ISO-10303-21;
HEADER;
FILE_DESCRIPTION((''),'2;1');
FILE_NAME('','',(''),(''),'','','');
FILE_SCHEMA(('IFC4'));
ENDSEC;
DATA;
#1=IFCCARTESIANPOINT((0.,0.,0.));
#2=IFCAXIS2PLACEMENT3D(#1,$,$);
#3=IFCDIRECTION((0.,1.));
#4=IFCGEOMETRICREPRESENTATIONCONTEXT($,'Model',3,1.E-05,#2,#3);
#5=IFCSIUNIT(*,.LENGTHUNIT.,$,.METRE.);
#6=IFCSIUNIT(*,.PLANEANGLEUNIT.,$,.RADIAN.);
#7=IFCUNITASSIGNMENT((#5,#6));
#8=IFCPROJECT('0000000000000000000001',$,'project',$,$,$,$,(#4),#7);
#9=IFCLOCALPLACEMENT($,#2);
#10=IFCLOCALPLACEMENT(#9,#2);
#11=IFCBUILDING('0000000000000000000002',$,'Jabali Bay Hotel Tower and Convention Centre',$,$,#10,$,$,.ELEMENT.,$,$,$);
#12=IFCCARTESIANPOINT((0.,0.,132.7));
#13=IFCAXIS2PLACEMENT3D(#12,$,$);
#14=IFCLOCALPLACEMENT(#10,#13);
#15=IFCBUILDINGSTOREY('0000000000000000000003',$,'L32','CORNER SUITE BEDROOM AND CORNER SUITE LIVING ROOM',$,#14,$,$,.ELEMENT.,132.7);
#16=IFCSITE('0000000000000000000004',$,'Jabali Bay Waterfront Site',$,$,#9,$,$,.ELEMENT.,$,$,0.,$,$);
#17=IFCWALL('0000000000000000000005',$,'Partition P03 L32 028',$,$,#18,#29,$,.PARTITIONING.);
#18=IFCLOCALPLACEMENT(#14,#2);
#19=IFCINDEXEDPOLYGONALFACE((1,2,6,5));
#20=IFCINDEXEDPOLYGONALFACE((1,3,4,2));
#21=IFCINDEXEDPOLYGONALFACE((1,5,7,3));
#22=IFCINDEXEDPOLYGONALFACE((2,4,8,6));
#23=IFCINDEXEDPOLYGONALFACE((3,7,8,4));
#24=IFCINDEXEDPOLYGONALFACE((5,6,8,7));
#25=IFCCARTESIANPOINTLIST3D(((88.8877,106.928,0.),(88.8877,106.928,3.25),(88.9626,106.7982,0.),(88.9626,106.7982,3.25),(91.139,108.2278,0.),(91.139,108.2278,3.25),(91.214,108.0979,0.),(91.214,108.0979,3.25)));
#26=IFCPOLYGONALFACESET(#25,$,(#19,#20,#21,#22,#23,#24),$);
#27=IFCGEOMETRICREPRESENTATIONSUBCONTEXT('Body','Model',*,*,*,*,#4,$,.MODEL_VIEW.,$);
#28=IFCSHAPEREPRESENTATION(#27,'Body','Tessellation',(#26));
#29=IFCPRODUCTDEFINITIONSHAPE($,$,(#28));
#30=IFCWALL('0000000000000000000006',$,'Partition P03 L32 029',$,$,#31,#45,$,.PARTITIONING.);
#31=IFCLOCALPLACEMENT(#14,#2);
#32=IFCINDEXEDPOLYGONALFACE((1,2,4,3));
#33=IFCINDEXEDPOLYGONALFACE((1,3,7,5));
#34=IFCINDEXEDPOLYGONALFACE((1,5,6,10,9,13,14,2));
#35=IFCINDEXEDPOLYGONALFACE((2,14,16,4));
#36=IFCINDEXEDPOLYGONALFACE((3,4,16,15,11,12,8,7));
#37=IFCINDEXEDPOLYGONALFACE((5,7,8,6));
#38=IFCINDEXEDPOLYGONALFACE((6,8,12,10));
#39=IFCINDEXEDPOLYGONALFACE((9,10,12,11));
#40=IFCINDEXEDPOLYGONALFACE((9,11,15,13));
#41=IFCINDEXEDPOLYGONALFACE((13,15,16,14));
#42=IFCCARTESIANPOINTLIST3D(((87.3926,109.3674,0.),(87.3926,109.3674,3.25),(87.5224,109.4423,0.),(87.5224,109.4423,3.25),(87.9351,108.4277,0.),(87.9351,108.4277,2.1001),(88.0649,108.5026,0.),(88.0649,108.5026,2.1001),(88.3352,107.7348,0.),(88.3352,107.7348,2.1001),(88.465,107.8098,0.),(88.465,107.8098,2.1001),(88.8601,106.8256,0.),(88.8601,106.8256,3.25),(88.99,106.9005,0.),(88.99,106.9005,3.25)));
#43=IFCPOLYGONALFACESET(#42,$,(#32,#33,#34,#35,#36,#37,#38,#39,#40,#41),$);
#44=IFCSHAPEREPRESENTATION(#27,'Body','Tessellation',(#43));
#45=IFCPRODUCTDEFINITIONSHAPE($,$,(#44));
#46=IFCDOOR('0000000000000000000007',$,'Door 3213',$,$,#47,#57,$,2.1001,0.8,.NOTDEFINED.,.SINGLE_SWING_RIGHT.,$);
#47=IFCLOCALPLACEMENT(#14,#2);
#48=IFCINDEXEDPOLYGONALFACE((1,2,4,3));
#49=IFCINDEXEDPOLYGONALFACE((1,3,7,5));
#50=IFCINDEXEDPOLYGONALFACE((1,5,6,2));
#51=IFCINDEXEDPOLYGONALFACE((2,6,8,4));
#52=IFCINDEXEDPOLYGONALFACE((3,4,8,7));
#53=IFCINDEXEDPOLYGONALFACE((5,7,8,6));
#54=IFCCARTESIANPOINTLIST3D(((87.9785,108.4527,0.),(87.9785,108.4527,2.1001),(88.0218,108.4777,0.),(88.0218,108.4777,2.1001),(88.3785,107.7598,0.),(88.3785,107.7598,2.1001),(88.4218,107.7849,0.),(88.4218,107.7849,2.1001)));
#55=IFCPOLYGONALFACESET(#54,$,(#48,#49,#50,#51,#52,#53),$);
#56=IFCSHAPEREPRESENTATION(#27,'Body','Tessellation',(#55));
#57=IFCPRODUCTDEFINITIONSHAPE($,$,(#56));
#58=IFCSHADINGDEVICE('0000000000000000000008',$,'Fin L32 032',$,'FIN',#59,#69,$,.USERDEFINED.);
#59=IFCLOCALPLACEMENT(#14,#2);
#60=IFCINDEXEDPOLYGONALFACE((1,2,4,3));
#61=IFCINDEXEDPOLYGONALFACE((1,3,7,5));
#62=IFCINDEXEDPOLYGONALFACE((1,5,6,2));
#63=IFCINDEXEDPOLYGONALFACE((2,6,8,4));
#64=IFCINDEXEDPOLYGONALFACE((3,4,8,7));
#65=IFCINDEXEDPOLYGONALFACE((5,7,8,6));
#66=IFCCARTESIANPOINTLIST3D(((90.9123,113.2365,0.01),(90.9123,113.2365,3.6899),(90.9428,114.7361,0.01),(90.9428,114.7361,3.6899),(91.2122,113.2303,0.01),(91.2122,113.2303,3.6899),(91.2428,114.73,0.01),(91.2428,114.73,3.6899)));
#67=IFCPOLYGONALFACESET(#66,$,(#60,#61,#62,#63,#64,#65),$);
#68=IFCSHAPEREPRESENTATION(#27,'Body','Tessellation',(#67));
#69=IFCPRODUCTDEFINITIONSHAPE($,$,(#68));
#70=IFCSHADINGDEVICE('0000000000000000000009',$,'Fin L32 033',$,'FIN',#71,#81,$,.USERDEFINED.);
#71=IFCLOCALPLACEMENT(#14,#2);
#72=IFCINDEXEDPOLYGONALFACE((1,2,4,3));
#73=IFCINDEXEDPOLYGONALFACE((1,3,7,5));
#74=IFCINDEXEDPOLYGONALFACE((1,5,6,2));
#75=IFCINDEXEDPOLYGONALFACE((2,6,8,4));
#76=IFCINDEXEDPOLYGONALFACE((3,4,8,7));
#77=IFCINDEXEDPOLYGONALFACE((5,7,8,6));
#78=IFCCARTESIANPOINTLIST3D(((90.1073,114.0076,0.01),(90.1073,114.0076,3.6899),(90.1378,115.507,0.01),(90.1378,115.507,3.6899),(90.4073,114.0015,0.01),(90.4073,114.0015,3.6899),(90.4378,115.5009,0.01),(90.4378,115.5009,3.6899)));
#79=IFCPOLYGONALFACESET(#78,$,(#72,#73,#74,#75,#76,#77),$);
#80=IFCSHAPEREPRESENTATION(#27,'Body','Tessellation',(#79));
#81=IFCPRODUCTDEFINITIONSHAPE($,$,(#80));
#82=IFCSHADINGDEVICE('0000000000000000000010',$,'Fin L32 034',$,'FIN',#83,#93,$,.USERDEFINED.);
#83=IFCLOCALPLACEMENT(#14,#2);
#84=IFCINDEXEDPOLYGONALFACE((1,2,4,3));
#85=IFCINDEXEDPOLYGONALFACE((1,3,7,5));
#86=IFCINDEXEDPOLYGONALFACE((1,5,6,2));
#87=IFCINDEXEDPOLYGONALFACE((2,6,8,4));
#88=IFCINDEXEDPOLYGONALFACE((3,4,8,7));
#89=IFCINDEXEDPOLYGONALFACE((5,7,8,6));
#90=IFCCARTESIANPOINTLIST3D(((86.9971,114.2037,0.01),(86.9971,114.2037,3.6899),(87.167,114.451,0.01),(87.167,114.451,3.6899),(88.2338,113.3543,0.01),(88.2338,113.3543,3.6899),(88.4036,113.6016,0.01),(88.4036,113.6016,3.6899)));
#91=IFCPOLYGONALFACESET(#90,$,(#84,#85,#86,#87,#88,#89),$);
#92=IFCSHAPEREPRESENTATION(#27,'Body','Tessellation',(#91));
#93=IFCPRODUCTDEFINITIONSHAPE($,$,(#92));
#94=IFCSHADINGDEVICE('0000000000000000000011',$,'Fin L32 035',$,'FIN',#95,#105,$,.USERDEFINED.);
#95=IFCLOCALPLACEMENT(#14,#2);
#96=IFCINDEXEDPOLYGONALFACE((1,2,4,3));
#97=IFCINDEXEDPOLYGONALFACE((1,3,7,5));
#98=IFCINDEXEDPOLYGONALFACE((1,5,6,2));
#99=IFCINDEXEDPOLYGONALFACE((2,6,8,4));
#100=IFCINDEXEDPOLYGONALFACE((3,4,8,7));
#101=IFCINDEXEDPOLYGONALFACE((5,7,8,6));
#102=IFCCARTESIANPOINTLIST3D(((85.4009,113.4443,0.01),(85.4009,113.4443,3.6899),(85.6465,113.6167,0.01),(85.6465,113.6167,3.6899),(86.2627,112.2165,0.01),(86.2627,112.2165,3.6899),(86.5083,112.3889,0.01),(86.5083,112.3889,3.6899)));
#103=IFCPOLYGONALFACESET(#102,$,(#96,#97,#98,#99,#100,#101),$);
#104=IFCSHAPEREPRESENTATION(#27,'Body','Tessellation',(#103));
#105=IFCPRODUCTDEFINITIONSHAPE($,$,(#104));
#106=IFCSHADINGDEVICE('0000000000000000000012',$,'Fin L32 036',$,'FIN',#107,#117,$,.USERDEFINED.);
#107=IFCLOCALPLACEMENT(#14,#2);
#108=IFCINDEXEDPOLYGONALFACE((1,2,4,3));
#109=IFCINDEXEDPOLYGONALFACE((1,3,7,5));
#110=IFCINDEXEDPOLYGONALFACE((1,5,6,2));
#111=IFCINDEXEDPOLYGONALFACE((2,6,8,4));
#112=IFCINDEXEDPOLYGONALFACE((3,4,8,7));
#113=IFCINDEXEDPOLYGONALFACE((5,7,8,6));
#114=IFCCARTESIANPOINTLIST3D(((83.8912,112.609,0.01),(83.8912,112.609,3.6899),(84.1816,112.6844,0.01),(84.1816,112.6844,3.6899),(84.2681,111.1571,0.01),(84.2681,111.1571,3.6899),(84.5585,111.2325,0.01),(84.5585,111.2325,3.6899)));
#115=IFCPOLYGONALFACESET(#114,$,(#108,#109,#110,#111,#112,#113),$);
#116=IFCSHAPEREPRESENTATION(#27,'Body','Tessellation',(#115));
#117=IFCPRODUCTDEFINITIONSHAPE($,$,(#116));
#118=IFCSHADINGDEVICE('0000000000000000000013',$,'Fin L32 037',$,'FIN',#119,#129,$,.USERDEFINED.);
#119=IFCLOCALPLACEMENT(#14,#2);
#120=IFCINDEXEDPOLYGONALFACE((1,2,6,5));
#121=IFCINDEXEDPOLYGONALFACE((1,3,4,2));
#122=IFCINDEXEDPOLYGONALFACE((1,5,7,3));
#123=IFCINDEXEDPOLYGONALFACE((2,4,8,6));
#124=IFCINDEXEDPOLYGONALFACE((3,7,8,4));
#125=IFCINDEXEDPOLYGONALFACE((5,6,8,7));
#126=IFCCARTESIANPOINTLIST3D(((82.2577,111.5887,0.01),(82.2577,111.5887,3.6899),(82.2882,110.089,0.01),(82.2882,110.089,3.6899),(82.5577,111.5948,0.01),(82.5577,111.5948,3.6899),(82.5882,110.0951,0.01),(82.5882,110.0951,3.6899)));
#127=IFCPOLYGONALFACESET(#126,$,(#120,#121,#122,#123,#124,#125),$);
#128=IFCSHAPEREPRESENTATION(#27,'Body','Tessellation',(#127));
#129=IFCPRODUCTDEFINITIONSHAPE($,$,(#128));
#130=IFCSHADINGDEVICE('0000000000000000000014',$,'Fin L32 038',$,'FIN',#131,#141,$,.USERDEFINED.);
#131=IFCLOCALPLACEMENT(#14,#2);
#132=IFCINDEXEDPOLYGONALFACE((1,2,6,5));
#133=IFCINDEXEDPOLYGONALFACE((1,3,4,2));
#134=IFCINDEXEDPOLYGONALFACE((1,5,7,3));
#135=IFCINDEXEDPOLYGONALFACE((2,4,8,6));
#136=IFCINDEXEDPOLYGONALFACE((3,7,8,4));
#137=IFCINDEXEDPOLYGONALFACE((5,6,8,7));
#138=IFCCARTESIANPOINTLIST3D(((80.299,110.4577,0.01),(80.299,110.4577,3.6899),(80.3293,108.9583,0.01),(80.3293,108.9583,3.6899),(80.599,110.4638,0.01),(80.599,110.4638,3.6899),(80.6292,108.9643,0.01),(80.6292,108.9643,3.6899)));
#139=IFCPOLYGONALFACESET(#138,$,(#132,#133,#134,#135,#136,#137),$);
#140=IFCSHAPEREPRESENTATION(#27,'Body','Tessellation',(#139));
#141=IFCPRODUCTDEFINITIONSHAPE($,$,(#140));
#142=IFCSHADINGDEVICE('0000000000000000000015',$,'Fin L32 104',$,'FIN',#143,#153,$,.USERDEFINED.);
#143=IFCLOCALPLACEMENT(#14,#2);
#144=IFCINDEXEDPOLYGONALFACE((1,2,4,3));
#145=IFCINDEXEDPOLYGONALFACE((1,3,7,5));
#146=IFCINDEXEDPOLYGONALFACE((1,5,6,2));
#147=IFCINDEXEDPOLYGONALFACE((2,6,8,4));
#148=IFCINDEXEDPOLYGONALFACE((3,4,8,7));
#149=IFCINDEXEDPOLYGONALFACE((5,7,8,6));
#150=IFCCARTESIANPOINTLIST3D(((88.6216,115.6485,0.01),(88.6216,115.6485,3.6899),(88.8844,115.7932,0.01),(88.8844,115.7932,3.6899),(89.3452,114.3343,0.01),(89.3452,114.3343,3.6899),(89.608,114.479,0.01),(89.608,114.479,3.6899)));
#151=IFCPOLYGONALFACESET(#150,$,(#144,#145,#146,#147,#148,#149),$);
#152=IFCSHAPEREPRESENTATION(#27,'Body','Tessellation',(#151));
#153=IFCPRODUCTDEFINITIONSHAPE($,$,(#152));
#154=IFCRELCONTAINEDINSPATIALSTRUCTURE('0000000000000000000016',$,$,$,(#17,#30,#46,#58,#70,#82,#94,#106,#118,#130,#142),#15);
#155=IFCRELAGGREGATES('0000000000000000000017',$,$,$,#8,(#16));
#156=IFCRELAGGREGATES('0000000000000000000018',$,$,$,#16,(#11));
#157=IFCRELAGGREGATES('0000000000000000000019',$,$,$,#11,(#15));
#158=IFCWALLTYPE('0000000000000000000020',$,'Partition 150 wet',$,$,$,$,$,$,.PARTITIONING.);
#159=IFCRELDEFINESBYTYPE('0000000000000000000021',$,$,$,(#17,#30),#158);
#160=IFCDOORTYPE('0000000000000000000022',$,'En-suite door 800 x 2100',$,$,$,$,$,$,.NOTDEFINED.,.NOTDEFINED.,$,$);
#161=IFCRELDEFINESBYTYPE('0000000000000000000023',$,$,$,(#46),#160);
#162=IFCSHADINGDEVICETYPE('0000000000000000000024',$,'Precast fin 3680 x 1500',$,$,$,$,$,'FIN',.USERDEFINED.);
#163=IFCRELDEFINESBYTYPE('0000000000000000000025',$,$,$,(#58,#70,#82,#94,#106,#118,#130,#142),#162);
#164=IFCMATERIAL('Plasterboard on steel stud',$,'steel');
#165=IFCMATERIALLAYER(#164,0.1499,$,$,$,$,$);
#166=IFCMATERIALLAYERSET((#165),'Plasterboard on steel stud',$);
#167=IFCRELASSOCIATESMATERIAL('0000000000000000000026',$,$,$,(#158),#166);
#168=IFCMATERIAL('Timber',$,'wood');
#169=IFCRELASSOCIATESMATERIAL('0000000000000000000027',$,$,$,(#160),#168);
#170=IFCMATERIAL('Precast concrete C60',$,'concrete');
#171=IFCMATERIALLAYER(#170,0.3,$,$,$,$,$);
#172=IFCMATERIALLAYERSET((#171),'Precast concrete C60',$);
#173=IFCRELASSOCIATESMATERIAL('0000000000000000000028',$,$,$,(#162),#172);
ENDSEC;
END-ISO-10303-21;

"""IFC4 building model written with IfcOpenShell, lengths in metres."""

from ifc_helpers import new_model, si_unit, direction, frame, frame_2d, origin, place, context, subcontext, project, spatial, rectangle, extrude, material, layer, layer_set, type_object, element, fill, save


model = new_model("IFC4")

# Units and contexts
model_context = context("Model", 3, precision=1e-05, world=origin(), true_north=direction((0.0, 1.0)))
body_context = subcontext(model_context, "Body", "Model", "MODEL_VIEW")
ifc_project = project(units=[si_unit("LENGTHUNIT", "METRE"), si_unit("PLANEANGLEUNIT", "RADIAN")], contexts=[model_context])

# Site, building, storey
site_placement = place(None, origin())
site = spatial("IfcSite", under=ifc_project, at=site_placement, Name="Jabali Bay Waterfront Site", CompositionType="ELEMENT", RefElevation=0.0)
building_placement = place(site_placement, origin())
building = spatial("IfcBuilding", under=site, at=building_placement, Name="Jabali Bay Hotel Tower and Convention Centre", CompositionType="ELEMENT")
storey_placement = place(building_placement, frame((0.0, 0.0, 132.7)))
storey = spatial("IfcBuildingStorey", under=building, at=storey_placement, Name="L32", Description="CORNER SUITE BEDROOM AND CORNER SUITE LIVING ROOM", CompositionType="ELEMENT", Elevation=132.7)

# Wall
ifc_material_1 = material(Name="Plasterboard on steel stud", Category="steel")
ifc_layer_1 = layer(ifc_material_1, 0.1499)
ifc_layer_set_1 = layer_set([ifc_layer_1], Name="Plasterboard on steel stud")
wall_type_1 = type_object("IfcWallType", Name="Partition 150 wet", PredefinedType="PARTITIONING", material=ifc_layer_set_1)
wall_1_placement = place(storey_placement, frame((91.1765, 108.1628, 0.0), z_axis=(0.0, 0.0, 1.0), x_axis=(-0.866039, -0.499977, 0.0)))
element("IfcWall", 1, at=wall_1_placement, inside=storey, type_object=wall_type_1, Name="Partition P03 L32 028", PredefinedType="PARTITIONING", context=body_context, shape_type="SweptSolid", body=[
    extrude(rectangle(XDim=2.5996, YDim=0.1499, at=frame_2d((1.2998, 0.0))), origin(), (0.0, 0.0, 1.0), 3.25),
])

# Wall, opening, door
wall_2_placement = place(storey_placement, frame((88.925, 106.863, 0.0), z_axis=(0.0, 0.0, 1.0), x_axis=(-0.500013, 0.866018, 0.0)))
wall_2 = element("IfcWall", 2, at=wall_2_placement, inside=storey, type_object=wall_type_1, Name="Partition P03 L32 029", PredefinedType="PARTITIONING", context=body_context, shape_type="SweptSolid", body=[
    extrude(rectangle(XDim=2.9351, YDim=0.1499, at=frame_2d((1.4675, 0.0))), origin(), (0.0, 0.0, 1.0), 3.25),
])
opening_1_placement = place(wall_2_placement, frame((1.05, 0.0, 0.0)))
opening_1 = element("IfcOpeningElement", 3, at=opening_1_placement, cuts=wall_2, PredefinedType="OPENING", context=body_context, shape_type="SweptSolid", body=[
    extrude(rectangle(XDim=0.8, YDim=2.1001, at=frame_2d((0.3999, 1.05))), frame((0.0, 0.0854, 0.0), z_axis=(0.0, -1.0, 0.0), x_axis=(1.0, 0.0, 0.0)), (0.0, 0.0, 1.0), 0.1709),
])
ifc_material_2 = material(Name="Timber", Category="wood")
door_type = type_object("IfcDoorType", Name="En-suite door 800 x 2100", OperationType="NOTDEFINED", PredefinedType="NOTDEFINED", material=ifc_material_2)
door_placement = place(opening_1_placement, origin())
door = element("IfcDoor", 4, at=door_placement, inside=storey, type_object=door_type, Name="Door 3213", OperationType="SINGLE_SWING_RIGHT", OverallHeight=2.1001, OverallWidth=0.8, PredefinedType="NOTDEFINED", context=body_context, shape_type="SweptSolid", body=[
    extrude(rectangle(XDim=0.8, YDim=2.1001, at=frame_2d((0.3999, 1.05))), frame((0.0, 0.0249, 0.0), z_axis=(0.0, -1.0, 0.0), x_axis=(1.0, 0.0, 0.0)), (0.0, 0.0, 1.0), 0.05),
])
fill(opening_1, door)

# Shading devices
ifc_material_3 = material(Name="Precast concrete C60", Category="concrete")
ifc_layer_2 = layer(ifc_material_3, 0.3)
ifc_layer_set_2 = layer_set([ifc_layer_2], Name="Precast concrete C60")
shading_device_type = type_object("IfcShadingDeviceType", Name="Precast fin 3680 x 1500", ElementType="FIN", PredefinedType="USERDEFINED", material=ifc_layer_set_2)
shading_device_1_placement = place(storey_placement, frame((91.0623, 113.2334, 0.01), z_axis=(0.0, 0.0, 1.0), x_axis=(0.020344, 0.999793, 0.0)))
element("IfcShadingDevice", 5, at=shading_device_1_placement, inside=storey, type_object=shading_device_type, Name="Fin L32 032", ObjectType="FIN", PredefinedType="USERDEFINED", context=body_context, shape_type="SweptSolid", body=[
    extrude(rectangle(XDim=1.5, YDim=0.3, at=frame_2d((0.75, 0.0))), origin(), (0.0, 0.0, 1.0), 3.6799),
])
shading_device_2_placement = place(storey_placement, frame((90.2573, 114.0044, 0.01), z_axis=(0.0, 0.0, 1.0), x_axis=(0.020347, 0.999793, 0.0)))
element("IfcShadingDevice", 6, at=shading_device_2_placement, inside=storey, type_object=shading_device_type, Name="Fin L32 033", ObjectType="FIN", PredefinedType="USERDEFINED", context=body_context, shape_type="SweptSolid", body=[
    extrude(rectangle(XDim=1.4998, YDim=0.3, at=frame_2d((0.75, 0.0))), origin(), (0.0, 0.0, 1.0), 3.6799),
])
shading_device_3_placement = place(storey_placement, frame((88.3186, 113.478, 0.01), z_axis=(0.0, 0.0, 1.0), x_axis=(-0.824284, 0.566177, 0.0)))
element("IfcShadingDevice", 7, at=shading_device_3_placement, inside=storey, type_object=shading_device_type, Name="Fin L32 034", ObjectType="FIN", PredefinedType="USERDEFINED", context=body_context, shape_type="SweptSolid", body=[
    extrude(rectangle(XDim=1.5002, YDim=0.3, at=frame_2d((0.75, 0.0))), origin(), (0.0, 0.0, 1.0), 3.6799),
])
for number, where, z_axis, x_axis, name in (
    (8, (86.3855, 112.3027, 0.01), (0.0, 0.0, 1.0), (-0.574521, 0.81849, 0.0), "Fin L32 035"),
    (9, (84.4133, 111.1948, 0.01), (0.0, 0.0, 1.0), (-0.251295, 0.96791, 0.0), "Fin L32 036"),
    (10, (82.4382, 110.092, 0.01), (0.0, 0.0, 1.0), (-0.020344, 0.999793, 0.0), "Fin L32 037"),
):
    element("IfcShadingDevice", number, at=place(storey_placement, frame(where, z_axis=z_axis, x_axis=x_axis)), inside=storey, type_object=shading_device_type, Name=name, ObjectType="FIN", PredefinedType="USERDEFINED", context=body_context, shape_type="SweptSolid", body=[
        extrude(rectangle(XDim=1.5, YDim=0.3, at=frame_2d((0.75, 0.0))), origin(), (0.0, 0.0, 1.0), 3.6799),
    ])
shading_device_4_placement = place(storey_placement, frame((80.4792, 108.9612, 0.01), z_axis=(0.0, 0.0, 1.0), x_axis=(-0.020185, 0.999796, 0.0)))
element("IfcShadingDevice", 11, at=shading_device_4_placement, inside=storey, type_object=shading_device_type, Name="Fin L32 038", ObjectType="FIN", PredefinedType="USERDEFINED", context=body_context, shape_type="SweptSolid", body=[
    extrude(rectangle(XDim=1.4998, YDim=0.3, at=frame_2d((0.75, 0.0))), origin(), (0.0, 0.0, 1.0), 3.6799),
])
shading_device_5_placement = place(storey_placement, frame((89.4766, 114.4067, 0.01), z_axis=(0.0, 0.0, 1.0), x_axis=(-0.482337, 0.875986, 0.0)))
element("IfcShadingDevice", 12, at=shading_device_5_placement, inside=storey, type_object=shading_device_type, Name="Fin L32 104", ObjectType="FIN", PredefinedType="USERDEFINED", context=body_context, shape_type="SweptSolid", body=[
    extrude(rectangle(XDim=1.5002, YDim=0.3, at=frame_2d((0.75, 0.0))), origin(), (0.0, 0.0, 1.0), 3.6799),
])

save(model, "model.ifc")
